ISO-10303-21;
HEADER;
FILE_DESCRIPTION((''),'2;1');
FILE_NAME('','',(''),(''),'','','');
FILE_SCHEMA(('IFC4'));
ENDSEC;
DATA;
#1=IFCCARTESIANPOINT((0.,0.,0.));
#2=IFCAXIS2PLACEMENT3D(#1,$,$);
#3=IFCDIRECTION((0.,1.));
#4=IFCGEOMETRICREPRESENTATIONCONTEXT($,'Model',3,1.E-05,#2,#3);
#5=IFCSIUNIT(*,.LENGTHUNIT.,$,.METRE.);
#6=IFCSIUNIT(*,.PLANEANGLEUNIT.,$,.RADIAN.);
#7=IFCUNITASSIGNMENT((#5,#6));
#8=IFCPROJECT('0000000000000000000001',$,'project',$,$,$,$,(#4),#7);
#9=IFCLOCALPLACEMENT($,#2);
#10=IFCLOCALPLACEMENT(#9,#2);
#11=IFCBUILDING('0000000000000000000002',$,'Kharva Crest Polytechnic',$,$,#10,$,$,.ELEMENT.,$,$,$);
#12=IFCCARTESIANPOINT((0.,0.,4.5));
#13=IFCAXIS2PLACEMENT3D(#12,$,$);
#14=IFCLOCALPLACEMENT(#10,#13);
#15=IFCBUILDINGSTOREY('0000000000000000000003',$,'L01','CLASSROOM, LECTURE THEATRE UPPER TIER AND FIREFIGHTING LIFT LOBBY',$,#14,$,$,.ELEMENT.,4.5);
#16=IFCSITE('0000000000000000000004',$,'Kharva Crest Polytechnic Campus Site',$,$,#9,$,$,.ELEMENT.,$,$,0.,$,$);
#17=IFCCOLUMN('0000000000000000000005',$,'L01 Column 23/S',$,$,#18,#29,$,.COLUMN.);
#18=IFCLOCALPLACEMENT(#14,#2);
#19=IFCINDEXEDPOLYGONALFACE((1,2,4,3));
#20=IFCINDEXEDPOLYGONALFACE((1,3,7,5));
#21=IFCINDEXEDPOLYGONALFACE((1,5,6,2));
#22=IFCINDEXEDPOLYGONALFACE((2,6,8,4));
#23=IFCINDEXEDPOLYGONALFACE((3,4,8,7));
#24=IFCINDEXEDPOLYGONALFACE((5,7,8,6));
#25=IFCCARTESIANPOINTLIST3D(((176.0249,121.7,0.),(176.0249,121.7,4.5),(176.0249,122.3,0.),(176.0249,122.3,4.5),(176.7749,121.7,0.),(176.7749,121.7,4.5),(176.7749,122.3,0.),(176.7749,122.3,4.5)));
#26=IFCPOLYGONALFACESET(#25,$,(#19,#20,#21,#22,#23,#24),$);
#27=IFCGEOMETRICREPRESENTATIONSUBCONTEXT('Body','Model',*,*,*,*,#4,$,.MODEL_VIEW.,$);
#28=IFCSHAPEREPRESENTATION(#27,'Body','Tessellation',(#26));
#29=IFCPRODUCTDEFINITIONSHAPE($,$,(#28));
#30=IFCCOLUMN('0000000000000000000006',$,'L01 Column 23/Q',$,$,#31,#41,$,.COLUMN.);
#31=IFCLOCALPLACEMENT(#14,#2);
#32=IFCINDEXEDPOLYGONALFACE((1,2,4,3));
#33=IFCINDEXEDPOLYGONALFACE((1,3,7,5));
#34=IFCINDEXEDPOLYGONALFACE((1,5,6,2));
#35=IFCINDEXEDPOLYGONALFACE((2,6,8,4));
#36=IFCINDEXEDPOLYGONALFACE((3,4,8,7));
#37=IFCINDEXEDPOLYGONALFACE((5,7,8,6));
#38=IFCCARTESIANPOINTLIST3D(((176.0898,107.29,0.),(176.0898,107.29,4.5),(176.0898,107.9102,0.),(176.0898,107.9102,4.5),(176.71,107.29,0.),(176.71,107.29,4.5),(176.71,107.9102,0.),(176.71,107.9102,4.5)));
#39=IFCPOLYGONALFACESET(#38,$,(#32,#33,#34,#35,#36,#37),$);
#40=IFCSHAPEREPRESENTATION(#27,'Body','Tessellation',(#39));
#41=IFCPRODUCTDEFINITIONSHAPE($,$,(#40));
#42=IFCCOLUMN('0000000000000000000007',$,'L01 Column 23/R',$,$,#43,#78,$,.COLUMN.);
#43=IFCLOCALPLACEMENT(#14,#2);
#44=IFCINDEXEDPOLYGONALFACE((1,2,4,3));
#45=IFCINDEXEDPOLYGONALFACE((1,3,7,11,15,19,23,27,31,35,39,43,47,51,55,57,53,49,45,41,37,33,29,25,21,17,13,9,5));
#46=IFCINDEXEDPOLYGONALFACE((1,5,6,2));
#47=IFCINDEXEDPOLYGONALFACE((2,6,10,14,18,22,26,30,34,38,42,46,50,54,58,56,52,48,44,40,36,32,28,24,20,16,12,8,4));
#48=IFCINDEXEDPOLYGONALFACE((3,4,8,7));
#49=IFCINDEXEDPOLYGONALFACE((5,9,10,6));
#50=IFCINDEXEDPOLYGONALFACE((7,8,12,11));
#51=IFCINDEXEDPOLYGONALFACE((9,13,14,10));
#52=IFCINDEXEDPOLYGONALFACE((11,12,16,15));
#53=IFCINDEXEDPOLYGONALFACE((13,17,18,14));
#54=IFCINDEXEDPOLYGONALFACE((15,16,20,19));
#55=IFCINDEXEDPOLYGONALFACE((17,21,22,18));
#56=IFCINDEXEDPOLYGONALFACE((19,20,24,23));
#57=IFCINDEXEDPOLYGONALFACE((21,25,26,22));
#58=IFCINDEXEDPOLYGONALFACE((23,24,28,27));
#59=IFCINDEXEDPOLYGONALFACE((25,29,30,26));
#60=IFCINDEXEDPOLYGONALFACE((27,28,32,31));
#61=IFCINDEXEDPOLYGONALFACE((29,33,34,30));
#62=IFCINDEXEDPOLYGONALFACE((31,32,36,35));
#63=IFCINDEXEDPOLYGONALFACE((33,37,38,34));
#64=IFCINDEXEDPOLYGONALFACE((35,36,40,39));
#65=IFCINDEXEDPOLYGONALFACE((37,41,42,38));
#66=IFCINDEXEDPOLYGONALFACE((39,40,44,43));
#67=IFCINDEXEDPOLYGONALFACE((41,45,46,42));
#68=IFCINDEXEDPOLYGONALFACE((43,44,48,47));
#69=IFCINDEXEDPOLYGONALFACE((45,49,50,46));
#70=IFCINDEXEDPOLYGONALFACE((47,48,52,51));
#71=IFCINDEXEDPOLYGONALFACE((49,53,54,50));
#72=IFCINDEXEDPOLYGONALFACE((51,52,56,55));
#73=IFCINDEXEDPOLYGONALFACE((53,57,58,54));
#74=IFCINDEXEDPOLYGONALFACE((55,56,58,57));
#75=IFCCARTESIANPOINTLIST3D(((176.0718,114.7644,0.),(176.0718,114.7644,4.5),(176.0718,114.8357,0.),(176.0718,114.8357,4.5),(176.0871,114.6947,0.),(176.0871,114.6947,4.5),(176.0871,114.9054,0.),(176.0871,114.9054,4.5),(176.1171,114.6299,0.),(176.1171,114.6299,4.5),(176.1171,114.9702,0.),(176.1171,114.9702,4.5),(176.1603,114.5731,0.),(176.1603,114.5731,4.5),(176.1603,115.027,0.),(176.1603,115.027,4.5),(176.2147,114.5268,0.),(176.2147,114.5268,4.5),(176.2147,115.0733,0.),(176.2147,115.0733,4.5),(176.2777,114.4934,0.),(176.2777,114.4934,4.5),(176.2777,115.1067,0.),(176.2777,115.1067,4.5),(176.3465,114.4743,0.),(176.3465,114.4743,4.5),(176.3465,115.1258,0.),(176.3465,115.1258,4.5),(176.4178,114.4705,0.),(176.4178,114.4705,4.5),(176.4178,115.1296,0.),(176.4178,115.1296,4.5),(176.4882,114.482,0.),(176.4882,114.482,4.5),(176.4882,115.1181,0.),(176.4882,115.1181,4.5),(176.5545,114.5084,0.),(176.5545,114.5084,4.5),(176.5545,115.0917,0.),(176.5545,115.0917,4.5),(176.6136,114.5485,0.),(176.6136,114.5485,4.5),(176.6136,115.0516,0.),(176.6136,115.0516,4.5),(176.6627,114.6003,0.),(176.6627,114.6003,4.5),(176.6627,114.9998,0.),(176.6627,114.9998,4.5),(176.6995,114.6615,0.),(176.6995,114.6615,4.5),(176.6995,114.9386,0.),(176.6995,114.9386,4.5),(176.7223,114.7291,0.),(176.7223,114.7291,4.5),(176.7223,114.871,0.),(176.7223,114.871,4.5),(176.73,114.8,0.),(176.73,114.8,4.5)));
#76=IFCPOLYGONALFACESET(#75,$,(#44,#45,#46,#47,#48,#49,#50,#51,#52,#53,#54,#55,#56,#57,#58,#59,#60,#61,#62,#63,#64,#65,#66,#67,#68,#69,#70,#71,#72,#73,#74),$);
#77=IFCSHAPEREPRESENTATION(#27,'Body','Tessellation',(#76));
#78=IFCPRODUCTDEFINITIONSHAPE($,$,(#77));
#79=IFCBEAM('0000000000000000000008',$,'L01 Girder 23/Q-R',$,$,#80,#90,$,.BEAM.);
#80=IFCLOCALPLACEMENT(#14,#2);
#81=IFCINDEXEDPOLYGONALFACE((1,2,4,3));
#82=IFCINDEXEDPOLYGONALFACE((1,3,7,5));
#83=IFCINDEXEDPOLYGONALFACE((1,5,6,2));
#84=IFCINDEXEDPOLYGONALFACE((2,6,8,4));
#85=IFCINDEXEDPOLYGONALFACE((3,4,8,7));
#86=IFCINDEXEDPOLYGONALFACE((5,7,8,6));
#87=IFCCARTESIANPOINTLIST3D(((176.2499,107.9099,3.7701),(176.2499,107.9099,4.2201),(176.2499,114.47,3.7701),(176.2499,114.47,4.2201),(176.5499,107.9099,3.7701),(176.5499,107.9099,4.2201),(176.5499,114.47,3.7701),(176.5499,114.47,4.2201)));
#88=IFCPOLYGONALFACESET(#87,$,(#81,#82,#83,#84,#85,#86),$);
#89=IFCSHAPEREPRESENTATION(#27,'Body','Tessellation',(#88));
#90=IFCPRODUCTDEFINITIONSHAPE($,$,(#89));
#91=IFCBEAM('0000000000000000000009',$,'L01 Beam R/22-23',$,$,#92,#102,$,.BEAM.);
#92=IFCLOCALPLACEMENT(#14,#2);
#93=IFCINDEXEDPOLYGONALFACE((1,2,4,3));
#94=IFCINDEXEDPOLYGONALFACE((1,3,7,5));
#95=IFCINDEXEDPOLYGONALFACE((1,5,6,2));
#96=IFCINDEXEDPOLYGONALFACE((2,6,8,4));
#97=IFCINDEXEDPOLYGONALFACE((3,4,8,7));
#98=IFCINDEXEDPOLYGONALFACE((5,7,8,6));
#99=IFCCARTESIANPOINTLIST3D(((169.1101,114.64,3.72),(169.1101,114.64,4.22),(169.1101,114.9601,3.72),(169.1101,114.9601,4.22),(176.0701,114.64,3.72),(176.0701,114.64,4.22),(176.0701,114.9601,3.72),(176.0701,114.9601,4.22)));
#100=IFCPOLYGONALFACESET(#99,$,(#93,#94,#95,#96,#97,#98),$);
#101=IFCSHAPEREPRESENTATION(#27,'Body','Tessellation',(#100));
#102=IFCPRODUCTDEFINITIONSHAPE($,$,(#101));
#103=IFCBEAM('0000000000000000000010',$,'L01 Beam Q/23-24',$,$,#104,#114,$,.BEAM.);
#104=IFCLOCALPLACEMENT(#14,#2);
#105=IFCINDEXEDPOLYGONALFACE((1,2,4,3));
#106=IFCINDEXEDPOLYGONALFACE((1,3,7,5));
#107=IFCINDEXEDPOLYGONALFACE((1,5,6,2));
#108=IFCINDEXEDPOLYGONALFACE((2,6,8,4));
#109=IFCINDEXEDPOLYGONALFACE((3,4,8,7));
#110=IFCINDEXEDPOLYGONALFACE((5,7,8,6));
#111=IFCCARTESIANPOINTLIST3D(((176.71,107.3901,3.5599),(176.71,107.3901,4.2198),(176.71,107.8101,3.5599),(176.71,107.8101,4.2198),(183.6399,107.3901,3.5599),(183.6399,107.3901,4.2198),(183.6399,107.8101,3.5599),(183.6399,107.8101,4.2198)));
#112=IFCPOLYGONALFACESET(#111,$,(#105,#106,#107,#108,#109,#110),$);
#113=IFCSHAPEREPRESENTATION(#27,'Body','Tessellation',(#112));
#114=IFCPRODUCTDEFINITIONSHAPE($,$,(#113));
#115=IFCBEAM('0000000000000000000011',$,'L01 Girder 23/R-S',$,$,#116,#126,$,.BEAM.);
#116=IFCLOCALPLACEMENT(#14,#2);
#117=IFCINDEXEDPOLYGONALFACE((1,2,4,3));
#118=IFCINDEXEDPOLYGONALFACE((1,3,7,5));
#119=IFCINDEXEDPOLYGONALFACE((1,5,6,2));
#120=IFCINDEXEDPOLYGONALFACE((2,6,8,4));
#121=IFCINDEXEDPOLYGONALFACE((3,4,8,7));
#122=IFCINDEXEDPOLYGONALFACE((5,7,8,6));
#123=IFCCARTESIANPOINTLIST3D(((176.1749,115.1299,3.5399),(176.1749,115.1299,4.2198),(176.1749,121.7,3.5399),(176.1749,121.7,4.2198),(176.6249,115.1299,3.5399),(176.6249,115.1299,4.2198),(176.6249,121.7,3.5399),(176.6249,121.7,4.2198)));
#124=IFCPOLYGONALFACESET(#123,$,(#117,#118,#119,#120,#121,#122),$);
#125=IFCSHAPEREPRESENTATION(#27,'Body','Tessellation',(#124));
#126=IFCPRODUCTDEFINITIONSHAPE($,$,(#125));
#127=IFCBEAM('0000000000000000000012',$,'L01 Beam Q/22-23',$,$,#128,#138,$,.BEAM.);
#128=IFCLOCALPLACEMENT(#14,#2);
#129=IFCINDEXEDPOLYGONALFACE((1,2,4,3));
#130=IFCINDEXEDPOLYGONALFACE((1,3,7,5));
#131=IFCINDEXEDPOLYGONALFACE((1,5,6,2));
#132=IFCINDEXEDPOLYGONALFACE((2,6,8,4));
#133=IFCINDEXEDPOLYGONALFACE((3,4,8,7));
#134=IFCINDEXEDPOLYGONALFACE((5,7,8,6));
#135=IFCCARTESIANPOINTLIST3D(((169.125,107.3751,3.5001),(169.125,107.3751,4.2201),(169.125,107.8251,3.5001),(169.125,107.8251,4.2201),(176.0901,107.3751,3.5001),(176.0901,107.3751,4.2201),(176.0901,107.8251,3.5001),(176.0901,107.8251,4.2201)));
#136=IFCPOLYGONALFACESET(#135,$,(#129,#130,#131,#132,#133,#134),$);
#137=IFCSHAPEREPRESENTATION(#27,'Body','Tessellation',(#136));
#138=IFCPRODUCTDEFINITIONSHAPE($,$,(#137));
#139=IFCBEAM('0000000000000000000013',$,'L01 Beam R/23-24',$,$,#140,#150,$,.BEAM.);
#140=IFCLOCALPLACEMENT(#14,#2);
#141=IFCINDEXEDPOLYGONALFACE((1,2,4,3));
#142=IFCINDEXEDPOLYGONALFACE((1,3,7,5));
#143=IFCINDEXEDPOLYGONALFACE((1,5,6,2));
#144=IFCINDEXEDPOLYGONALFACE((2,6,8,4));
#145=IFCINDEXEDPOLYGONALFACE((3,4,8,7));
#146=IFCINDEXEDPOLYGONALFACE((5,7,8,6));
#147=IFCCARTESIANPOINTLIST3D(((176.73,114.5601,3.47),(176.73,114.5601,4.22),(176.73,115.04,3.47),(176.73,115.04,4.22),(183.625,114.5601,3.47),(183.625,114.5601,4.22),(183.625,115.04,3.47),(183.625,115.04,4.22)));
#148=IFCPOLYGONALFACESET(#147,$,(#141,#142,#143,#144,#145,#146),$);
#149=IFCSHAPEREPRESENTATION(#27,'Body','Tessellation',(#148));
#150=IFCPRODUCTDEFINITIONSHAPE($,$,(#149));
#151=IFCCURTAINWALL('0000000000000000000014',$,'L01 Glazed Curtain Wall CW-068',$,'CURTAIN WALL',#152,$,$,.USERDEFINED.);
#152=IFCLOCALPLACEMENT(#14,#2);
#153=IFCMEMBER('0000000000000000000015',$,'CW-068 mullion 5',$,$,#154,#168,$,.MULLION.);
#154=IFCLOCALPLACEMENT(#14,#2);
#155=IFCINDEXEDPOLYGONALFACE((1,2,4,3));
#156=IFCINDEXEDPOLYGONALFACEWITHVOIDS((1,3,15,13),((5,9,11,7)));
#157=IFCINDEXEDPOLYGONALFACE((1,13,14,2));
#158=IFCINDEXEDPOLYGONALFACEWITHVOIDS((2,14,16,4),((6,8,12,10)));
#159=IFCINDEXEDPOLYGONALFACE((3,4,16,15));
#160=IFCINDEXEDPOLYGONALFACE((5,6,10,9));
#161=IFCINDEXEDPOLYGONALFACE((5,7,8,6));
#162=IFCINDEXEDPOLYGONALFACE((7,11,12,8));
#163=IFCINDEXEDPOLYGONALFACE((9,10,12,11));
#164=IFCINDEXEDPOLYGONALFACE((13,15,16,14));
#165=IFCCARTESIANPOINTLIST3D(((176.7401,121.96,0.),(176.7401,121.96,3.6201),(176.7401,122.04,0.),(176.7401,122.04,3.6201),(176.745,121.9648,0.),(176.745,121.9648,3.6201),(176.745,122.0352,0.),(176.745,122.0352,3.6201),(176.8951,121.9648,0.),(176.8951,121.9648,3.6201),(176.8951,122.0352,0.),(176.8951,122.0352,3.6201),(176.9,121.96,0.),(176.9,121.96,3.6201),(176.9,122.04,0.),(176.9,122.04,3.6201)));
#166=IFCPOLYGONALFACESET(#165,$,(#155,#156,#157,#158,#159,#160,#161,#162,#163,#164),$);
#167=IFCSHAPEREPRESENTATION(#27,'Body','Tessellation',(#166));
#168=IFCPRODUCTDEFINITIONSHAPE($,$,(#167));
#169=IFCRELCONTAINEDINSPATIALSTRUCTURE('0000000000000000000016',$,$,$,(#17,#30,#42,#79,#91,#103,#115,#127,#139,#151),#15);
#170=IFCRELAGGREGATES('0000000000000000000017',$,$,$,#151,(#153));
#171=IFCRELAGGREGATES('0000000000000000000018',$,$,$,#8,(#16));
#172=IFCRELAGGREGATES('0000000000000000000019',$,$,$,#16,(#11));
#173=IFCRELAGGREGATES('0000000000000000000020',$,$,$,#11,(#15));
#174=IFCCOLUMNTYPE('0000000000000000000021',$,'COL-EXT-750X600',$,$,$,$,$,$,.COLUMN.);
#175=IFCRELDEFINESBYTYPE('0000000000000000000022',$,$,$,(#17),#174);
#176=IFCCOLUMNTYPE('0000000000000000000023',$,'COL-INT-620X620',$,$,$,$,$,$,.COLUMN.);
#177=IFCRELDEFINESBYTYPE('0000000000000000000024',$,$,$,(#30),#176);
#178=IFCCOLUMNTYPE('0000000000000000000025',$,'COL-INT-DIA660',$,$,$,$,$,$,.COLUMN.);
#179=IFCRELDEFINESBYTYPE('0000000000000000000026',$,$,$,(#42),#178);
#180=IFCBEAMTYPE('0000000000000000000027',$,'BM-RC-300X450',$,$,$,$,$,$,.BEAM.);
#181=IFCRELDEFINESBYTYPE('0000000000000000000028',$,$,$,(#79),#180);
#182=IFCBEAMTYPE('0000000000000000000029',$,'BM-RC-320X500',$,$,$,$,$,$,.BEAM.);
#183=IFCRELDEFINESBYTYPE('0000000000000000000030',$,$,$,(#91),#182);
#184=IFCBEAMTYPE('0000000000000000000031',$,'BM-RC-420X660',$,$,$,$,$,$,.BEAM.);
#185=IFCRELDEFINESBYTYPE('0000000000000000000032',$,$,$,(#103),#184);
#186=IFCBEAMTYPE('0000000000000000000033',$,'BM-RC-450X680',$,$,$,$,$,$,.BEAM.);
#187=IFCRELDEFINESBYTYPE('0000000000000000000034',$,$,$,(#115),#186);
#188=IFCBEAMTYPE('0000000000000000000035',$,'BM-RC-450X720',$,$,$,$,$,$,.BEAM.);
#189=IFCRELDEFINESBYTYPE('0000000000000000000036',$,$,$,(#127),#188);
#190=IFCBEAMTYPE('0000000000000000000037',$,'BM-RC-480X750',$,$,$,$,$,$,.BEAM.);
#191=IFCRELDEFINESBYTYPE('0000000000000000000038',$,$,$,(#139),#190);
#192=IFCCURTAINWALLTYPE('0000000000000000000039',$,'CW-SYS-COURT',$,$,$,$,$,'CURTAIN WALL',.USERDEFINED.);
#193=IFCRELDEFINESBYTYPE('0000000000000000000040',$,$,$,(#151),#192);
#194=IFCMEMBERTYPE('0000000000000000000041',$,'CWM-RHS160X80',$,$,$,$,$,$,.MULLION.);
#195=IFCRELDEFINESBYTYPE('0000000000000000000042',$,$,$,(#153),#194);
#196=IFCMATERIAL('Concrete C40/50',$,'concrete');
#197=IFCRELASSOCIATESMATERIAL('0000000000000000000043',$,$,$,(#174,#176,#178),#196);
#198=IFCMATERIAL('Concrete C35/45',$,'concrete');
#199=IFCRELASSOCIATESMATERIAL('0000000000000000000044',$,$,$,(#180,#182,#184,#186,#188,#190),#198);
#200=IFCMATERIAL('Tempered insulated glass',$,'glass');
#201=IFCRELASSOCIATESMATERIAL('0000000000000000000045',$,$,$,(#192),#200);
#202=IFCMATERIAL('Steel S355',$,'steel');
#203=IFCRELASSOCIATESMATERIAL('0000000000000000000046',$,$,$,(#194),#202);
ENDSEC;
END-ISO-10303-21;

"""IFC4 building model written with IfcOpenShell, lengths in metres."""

from ifc_helpers import new_model, si_unit, direction, frame, origin, origin_2d, place, context, subcontext, project, spatial, rectangle, hollow_rectangle, circle, extrude, material, material_profile, profile_set, type_object, element, aggregate, save


model = new_model("IFC4")

# Units and contexts
model_context = context("Model", 3, precision=1e-05, world=origin(), true_north=direction((0.0, 1.0)))
body_context = subcontext(model_context, "Body", "Model", "MODEL_VIEW")
ifc_project = project(units=[si_unit("LENGTHUNIT", "METRE"), si_unit("PLANEANGLEUNIT", "RADIAN")], contexts=[model_context])

# Site, building, storey
site_placement = place(None, origin())
site = spatial("IfcSite", under=ifc_project, at=site_placement, Name="Kharva Crest Polytechnic Campus Site", CompositionType="ELEMENT", RefElevation=0.0)
building_placement = place(site_placement, origin())
building = spatial("IfcBuilding", under=site, at=building_placement, Name="Kharva Crest Polytechnic", CompositionType="ELEMENT")
storey_placement = place(building_placement, frame((0.0, 0.0, 4.5)))
storey = spatial("IfcBuildingStorey", under=building, at=storey_placement, Name="L01", Description="CLASSROOM, LECTURE THEATRE UPPER TIER AND FIREFIGHTING LIFT LOBBY", CompositionType="ELEMENT", Elevation=4.5)

# Columns
ifc_material_1 = material(Name="Concrete C40/50", Category="concrete")
ifc_material_profile_1 = material_profile(ifc_material_1, rectangle(XDim=0.75, YDim=0.6001, at=origin_2d()), Name="RECT 750 X 600")
ifc_profile_set_1 = profile_set([ifc_material_profile_1], Name="Concrete C40/50")
column_type_1 = type_object("IfcColumnType", Name="COL-EXT-750X600", PredefinedType="COLUMN", material=ifc_profile_set_1)
column_1_placement = place(storey_placement, frame((176.3999, 122.0, 0.0), z_axis=(0.0, 0.0, 1.0), x_axis=(1.0, 0.0, 0.0)))
element("IfcColumn", 1, at=column_1_placement, inside=storey, type_object=column_type_1, Name="L01 Column 23/S", PredefinedType="COLUMN", context=body_context, shape_type="SweptSolid", body=[
    extrude(rectangle(XDim=0.75, YDim=0.6001, at=origin_2d()), origin(), (0.0, 0.0, 1.0), 4.5),
])
ifc_material_profile_2 = material_profile(ifc_material_1, rectangle(XDim=0.6201, YDim=0.6201, at=origin_2d()), Name="RECT 620 X 620")
ifc_profile_set_2 = profile_set([ifc_material_profile_2], Name="Concrete C40/50")
column_type_2 = type_object("IfcColumnType", Name="COL-INT-620X620", PredefinedType="COLUMN", material=ifc_profile_set_2)
column_2_placement = place(storey_placement, frame((176.3999, 107.6001, 0.0), z_axis=(0.0, 0.0, 1.0), x_axis=(1.0, 0.0, 0.0)))
element("IfcColumn", 2, at=column_2_placement, inside=storey, type_object=column_type_2, Name="L01 Column 23/Q", PredefinedType="COLUMN", context=body_context, shape_type="SweptSolid", body=[
    extrude(rectangle(XDim=0.6201, YDim=0.6201, at=origin_2d()), origin(), (0.0, 0.0, 1.0), 4.5),
])
ifc_material_profile_3 = material_profile(ifc_material_1, circle(Radius=0.3301, at=origin_2d()), Name="DIA 660")
ifc_profile_set_3 = profile_set([ifc_material_profile_3], Name="Concrete C40/50")
column_type_3 = type_object("IfcColumnType", Name="COL-INT-DIA660", PredefinedType="COLUMN", material=ifc_profile_set_3)
column_3_placement = place(storey_placement, frame((176.3999, 114.8, 0.0), z_axis=(0.0, 0.0, 1.0), x_axis=(1.0, 0.0, 0.0)))
element("IfcColumn", 3, at=column_3_placement, inside=storey, type_object=column_type_3, Name="L01 Column 23/R", PredefinedType="COLUMN", context=body_context, shape_type="SweptSolid", body=[
    extrude(circle(Radius=0.3301, at=origin_2d()), origin(), (0.0, 0.0, 1.0), 4.5),
])

# Beams
ifc_material_2 = material(Name="Concrete C35/45", Category="concrete")
ifc_material_profile_4 = material_profile(ifc_material_2, rectangle(XDim=0.3, YDim=0.45, at=origin_2d()), Name="RECT 300 X 450")
ifc_profile_set_4 = profile_set([ifc_material_profile_4], Name="Concrete C35/45")
beam_type_1 = type_object("IfcBeamType", Name="BM-RC-300X450", PredefinedType="BEAM", material=ifc_profile_set_4)
beam_1_placement = place(storey_placement, frame((176.3999, 107.9099, 3.9951), z_axis=(0.0, 1.0, 0.0), x_axis=(-1.0, 0.0, 0.0)))
element("IfcBeam", 4, at=beam_1_placement, inside=storey, type_object=beam_type_1, Name="L01 Girder 23/Q-R", PredefinedType="BEAM", context=body_context, shape_type="SweptSolid", body=[
    extrude(rectangle(XDim=0.3, YDim=0.45, at=origin_2d()), origin(), (0.0, 0.0, 1.0), 6.5601),
])
ifc_material_profile_5 = material_profile(ifc_material_2, rectangle(XDim=0.3201, YDim=0.5, at=origin_2d()), Name="RECT 320 X 500")
ifc_profile_set_5 = profile_set([ifc_material_profile_5], Name="Concrete C35/45")
beam_type_2 = type_object("IfcBeamType", Name="BM-RC-320X500", PredefinedType="BEAM", material=ifc_profile_set_5)
beam_2_placement = place(storey_placement, frame((169.1101, 114.8, 3.97), z_axis=(1.0, 0.0, 0.0), x_axis=(0.0, 1.0, 0.0)))
element("IfcBeam", 5, at=beam_2_placement, inside=storey, type_object=beam_type_2, Name="L01 Beam R/22-23", PredefinedType="BEAM", context=body_context, shape_type="SweptSolid", body=[
    extrude(rectangle(XDim=0.3201, YDim=0.5, at=origin_2d()), origin(), (0.0, 0.0, 1.0), 6.96),
])
ifc_material_profile_6 = material_profile(ifc_material_2, rectangle(XDim=0.4199, YDim=0.6599, at=origin_2d()), Name="RECT 420 X 660")
ifc_profile_set_6 = profile_set([ifc_material_profile_6], Name="Concrete C35/45")
beam_type_3 = type_object("IfcBeamType", Name="BM-RC-420X660", PredefinedType="BEAM", material=ifc_profile_set_6)
beam_3_placement = place(storey_placement, frame((176.71, 107.6001, 3.8899), z_axis=(1.0, 0.0, 0.0), x_axis=(0.0, 1.0, 0.0)))
element("IfcBeam", 6, at=beam_3_placement, inside=storey, type_object=beam_type_3, Name="L01 Beam Q/23-24", PredefinedType="BEAM", context=body_context, shape_type="SweptSolid", body=[
    extrude(rectangle(XDim=0.4199, YDim=0.6599, at=origin_2d()), origin(), (0.0, 0.0, 1.0), 6.9299),
])
ifc_material_profile_7 = material_profile(ifc_material_2, rectangle(XDim=0.45, YDim=0.6799, at=origin_2d()), Name="RECT 450 X 680")
ifc_profile_set_7 = profile_set([ifc_material_profile_7], Name="Concrete C35/45")
beam_type_4 = type_object("IfcBeamType", Name="BM-RC-450X680", PredefinedType="BEAM", material=ifc_profile_set_7)
beam_4_placement = place(storey_placement, frame((176.3999, 115.1299, 3.8799), z_axis=(0.0, 1.0, 0.0), x_axis=(-1.0, 0.0, 0.0)))
element("IfcBeam", 7, at=beam_4_placement, inside=storey, type_object=beam_type_4, Name="L01 Girder 23/R-S", PredefinedType="BEAM", context=body_context, shape_type="SweptSolid", body=[
    extrude(rectangle(XDim=0.45, YDim=0.6799, at=origin_2d()), origin(), (0.0, 0.0, 1.0), 6.5701),
])
ifc_material_profile_8 = material_profile(ifc_material_2, rectangle(XDim=0.45, YDim=0.72, at=origin_2d()), Name="RECT 450 X 720")
ifc_profile_set_8 = profile_set([ifc_material_profile_8], Name="Concrete C35/45")
beam_type_5 = type_object("IfcBeamType", Name="BM-RC-450X720", PredefinedType="BEAM", material=ifc_profile_set_8)
beam_5_placement = place(storey_placement, frame((169.125, 107.6001, 3.8601), z_axis=(1.0, 0.0, 0.0), x_axis=(0.0, 1.0, 0.0)))
element("IfcBeam", 8, at=beam_5_placement, inside=storey, type_object=beam_type_5, Name="L01 Beam Q/22-23", PredefinedType="BEAM", context=body_context, shape_type="SweptSolid", body=[
    extrude(rectangle(XDim=0.45, YDim=0.72, at=origin_2d()), origin(), (0.0, 0.0, 1.0), 6.9651),
])
ifc_material_profile_9 = material_profile(ifc_material_2, rectangle(XDim=0.48, YDim=0.75, at=origin_2d()), Name="RECT 480 X 750")
ifc_profile_set_9 = profile_set([ifc_material_profile_9], Name="Concrete C35/45")
beam_type_6 = type_object("IfcBeamType", Name="BM-RC-480X750", PredefinedType="BEAM", material=ifc_profile_set_9)
beam_6_placement = place(storey_placement, frame((176.73, 114.8, 3.845), z_axis=(1.0, 0.0, 0.0), x_axis=(0.0, 1.0, 0.0)))
element("IfcBeam", 9, at=beam_6_placement, inside=storey, type_object=beam_type_6, Name="L01 Beam R/23-24", PredefinedType="BEAM", context=body_context, shape_type="SweptSolid", body=[
    extrude(rectangle(XDim=0.48, YDim=0.75, at=origin_2d()), origin(), (0.0, 0.0, 1.0), 6.895),
])

# Curtain wall, member
ifc_material_3 = material(Name="Tempered insulated glass", Category="glass")
curtain_wall_type = type_object("IfcCurtainWallType", Name="CW-SYS-COURT", ElementType="CURTAIN WALL", PredefinedType="USERDEFINED", material=ifc_material_3)
curtain_wall_placement = place(storey_placement, origin())
curtain_wall = element("IfcCurtainWall", 10, at=curtain_wall_placement, inside=storey, type_object=curtain_wall_type, Name="L01 Glazed Curtain Wall CW-068", ObjectType="CURTAIN WALL", PredefinedType="USERDEFINED")
ifc_material_4 = material(Name="Steel S355", Category="steel")
ifc_material_profile_10 = material_profile(ifc_material_4, hollow_rectangle(XDim=0.0801, YDim=0.1599, WallThickness=0.0049, at=origin_2d()), Name="RHS 160X80X5.0")
ifc_profile_set_10 = profile_set([ifc_material_profile_10], Name="Steel S355")
member_type_1 = type_object("IfcMemberType", Name="CWM-RHS160X80", PredefinedType="MULLION", material=ifc_profile_set_10)
member_1_placement = place(storey_placement, frame((176.8201, 122.0, 0.0), z_axis=(0.0, 0.0, 1.0), x_axis=(0.0, -1.0, 0.0)))
member_1 = element("IfcMember", 11, at=member_1_placement, type_object=member_type_1, Name="CW-068 mullion 5", PredefinedType="MULLION", context=body_context, shape_type="SweptSolid", body=[
    extrude(hollow_rectangle(XDim=0.0801, YDim=0.1599, WallThickness=0.0049, at=origin_2d()), origin(), (0.0, 0.0, 1.0), 3.6201),
])

aggregate(curtain_wall, [member_1])

save(model, "model.ifc")
